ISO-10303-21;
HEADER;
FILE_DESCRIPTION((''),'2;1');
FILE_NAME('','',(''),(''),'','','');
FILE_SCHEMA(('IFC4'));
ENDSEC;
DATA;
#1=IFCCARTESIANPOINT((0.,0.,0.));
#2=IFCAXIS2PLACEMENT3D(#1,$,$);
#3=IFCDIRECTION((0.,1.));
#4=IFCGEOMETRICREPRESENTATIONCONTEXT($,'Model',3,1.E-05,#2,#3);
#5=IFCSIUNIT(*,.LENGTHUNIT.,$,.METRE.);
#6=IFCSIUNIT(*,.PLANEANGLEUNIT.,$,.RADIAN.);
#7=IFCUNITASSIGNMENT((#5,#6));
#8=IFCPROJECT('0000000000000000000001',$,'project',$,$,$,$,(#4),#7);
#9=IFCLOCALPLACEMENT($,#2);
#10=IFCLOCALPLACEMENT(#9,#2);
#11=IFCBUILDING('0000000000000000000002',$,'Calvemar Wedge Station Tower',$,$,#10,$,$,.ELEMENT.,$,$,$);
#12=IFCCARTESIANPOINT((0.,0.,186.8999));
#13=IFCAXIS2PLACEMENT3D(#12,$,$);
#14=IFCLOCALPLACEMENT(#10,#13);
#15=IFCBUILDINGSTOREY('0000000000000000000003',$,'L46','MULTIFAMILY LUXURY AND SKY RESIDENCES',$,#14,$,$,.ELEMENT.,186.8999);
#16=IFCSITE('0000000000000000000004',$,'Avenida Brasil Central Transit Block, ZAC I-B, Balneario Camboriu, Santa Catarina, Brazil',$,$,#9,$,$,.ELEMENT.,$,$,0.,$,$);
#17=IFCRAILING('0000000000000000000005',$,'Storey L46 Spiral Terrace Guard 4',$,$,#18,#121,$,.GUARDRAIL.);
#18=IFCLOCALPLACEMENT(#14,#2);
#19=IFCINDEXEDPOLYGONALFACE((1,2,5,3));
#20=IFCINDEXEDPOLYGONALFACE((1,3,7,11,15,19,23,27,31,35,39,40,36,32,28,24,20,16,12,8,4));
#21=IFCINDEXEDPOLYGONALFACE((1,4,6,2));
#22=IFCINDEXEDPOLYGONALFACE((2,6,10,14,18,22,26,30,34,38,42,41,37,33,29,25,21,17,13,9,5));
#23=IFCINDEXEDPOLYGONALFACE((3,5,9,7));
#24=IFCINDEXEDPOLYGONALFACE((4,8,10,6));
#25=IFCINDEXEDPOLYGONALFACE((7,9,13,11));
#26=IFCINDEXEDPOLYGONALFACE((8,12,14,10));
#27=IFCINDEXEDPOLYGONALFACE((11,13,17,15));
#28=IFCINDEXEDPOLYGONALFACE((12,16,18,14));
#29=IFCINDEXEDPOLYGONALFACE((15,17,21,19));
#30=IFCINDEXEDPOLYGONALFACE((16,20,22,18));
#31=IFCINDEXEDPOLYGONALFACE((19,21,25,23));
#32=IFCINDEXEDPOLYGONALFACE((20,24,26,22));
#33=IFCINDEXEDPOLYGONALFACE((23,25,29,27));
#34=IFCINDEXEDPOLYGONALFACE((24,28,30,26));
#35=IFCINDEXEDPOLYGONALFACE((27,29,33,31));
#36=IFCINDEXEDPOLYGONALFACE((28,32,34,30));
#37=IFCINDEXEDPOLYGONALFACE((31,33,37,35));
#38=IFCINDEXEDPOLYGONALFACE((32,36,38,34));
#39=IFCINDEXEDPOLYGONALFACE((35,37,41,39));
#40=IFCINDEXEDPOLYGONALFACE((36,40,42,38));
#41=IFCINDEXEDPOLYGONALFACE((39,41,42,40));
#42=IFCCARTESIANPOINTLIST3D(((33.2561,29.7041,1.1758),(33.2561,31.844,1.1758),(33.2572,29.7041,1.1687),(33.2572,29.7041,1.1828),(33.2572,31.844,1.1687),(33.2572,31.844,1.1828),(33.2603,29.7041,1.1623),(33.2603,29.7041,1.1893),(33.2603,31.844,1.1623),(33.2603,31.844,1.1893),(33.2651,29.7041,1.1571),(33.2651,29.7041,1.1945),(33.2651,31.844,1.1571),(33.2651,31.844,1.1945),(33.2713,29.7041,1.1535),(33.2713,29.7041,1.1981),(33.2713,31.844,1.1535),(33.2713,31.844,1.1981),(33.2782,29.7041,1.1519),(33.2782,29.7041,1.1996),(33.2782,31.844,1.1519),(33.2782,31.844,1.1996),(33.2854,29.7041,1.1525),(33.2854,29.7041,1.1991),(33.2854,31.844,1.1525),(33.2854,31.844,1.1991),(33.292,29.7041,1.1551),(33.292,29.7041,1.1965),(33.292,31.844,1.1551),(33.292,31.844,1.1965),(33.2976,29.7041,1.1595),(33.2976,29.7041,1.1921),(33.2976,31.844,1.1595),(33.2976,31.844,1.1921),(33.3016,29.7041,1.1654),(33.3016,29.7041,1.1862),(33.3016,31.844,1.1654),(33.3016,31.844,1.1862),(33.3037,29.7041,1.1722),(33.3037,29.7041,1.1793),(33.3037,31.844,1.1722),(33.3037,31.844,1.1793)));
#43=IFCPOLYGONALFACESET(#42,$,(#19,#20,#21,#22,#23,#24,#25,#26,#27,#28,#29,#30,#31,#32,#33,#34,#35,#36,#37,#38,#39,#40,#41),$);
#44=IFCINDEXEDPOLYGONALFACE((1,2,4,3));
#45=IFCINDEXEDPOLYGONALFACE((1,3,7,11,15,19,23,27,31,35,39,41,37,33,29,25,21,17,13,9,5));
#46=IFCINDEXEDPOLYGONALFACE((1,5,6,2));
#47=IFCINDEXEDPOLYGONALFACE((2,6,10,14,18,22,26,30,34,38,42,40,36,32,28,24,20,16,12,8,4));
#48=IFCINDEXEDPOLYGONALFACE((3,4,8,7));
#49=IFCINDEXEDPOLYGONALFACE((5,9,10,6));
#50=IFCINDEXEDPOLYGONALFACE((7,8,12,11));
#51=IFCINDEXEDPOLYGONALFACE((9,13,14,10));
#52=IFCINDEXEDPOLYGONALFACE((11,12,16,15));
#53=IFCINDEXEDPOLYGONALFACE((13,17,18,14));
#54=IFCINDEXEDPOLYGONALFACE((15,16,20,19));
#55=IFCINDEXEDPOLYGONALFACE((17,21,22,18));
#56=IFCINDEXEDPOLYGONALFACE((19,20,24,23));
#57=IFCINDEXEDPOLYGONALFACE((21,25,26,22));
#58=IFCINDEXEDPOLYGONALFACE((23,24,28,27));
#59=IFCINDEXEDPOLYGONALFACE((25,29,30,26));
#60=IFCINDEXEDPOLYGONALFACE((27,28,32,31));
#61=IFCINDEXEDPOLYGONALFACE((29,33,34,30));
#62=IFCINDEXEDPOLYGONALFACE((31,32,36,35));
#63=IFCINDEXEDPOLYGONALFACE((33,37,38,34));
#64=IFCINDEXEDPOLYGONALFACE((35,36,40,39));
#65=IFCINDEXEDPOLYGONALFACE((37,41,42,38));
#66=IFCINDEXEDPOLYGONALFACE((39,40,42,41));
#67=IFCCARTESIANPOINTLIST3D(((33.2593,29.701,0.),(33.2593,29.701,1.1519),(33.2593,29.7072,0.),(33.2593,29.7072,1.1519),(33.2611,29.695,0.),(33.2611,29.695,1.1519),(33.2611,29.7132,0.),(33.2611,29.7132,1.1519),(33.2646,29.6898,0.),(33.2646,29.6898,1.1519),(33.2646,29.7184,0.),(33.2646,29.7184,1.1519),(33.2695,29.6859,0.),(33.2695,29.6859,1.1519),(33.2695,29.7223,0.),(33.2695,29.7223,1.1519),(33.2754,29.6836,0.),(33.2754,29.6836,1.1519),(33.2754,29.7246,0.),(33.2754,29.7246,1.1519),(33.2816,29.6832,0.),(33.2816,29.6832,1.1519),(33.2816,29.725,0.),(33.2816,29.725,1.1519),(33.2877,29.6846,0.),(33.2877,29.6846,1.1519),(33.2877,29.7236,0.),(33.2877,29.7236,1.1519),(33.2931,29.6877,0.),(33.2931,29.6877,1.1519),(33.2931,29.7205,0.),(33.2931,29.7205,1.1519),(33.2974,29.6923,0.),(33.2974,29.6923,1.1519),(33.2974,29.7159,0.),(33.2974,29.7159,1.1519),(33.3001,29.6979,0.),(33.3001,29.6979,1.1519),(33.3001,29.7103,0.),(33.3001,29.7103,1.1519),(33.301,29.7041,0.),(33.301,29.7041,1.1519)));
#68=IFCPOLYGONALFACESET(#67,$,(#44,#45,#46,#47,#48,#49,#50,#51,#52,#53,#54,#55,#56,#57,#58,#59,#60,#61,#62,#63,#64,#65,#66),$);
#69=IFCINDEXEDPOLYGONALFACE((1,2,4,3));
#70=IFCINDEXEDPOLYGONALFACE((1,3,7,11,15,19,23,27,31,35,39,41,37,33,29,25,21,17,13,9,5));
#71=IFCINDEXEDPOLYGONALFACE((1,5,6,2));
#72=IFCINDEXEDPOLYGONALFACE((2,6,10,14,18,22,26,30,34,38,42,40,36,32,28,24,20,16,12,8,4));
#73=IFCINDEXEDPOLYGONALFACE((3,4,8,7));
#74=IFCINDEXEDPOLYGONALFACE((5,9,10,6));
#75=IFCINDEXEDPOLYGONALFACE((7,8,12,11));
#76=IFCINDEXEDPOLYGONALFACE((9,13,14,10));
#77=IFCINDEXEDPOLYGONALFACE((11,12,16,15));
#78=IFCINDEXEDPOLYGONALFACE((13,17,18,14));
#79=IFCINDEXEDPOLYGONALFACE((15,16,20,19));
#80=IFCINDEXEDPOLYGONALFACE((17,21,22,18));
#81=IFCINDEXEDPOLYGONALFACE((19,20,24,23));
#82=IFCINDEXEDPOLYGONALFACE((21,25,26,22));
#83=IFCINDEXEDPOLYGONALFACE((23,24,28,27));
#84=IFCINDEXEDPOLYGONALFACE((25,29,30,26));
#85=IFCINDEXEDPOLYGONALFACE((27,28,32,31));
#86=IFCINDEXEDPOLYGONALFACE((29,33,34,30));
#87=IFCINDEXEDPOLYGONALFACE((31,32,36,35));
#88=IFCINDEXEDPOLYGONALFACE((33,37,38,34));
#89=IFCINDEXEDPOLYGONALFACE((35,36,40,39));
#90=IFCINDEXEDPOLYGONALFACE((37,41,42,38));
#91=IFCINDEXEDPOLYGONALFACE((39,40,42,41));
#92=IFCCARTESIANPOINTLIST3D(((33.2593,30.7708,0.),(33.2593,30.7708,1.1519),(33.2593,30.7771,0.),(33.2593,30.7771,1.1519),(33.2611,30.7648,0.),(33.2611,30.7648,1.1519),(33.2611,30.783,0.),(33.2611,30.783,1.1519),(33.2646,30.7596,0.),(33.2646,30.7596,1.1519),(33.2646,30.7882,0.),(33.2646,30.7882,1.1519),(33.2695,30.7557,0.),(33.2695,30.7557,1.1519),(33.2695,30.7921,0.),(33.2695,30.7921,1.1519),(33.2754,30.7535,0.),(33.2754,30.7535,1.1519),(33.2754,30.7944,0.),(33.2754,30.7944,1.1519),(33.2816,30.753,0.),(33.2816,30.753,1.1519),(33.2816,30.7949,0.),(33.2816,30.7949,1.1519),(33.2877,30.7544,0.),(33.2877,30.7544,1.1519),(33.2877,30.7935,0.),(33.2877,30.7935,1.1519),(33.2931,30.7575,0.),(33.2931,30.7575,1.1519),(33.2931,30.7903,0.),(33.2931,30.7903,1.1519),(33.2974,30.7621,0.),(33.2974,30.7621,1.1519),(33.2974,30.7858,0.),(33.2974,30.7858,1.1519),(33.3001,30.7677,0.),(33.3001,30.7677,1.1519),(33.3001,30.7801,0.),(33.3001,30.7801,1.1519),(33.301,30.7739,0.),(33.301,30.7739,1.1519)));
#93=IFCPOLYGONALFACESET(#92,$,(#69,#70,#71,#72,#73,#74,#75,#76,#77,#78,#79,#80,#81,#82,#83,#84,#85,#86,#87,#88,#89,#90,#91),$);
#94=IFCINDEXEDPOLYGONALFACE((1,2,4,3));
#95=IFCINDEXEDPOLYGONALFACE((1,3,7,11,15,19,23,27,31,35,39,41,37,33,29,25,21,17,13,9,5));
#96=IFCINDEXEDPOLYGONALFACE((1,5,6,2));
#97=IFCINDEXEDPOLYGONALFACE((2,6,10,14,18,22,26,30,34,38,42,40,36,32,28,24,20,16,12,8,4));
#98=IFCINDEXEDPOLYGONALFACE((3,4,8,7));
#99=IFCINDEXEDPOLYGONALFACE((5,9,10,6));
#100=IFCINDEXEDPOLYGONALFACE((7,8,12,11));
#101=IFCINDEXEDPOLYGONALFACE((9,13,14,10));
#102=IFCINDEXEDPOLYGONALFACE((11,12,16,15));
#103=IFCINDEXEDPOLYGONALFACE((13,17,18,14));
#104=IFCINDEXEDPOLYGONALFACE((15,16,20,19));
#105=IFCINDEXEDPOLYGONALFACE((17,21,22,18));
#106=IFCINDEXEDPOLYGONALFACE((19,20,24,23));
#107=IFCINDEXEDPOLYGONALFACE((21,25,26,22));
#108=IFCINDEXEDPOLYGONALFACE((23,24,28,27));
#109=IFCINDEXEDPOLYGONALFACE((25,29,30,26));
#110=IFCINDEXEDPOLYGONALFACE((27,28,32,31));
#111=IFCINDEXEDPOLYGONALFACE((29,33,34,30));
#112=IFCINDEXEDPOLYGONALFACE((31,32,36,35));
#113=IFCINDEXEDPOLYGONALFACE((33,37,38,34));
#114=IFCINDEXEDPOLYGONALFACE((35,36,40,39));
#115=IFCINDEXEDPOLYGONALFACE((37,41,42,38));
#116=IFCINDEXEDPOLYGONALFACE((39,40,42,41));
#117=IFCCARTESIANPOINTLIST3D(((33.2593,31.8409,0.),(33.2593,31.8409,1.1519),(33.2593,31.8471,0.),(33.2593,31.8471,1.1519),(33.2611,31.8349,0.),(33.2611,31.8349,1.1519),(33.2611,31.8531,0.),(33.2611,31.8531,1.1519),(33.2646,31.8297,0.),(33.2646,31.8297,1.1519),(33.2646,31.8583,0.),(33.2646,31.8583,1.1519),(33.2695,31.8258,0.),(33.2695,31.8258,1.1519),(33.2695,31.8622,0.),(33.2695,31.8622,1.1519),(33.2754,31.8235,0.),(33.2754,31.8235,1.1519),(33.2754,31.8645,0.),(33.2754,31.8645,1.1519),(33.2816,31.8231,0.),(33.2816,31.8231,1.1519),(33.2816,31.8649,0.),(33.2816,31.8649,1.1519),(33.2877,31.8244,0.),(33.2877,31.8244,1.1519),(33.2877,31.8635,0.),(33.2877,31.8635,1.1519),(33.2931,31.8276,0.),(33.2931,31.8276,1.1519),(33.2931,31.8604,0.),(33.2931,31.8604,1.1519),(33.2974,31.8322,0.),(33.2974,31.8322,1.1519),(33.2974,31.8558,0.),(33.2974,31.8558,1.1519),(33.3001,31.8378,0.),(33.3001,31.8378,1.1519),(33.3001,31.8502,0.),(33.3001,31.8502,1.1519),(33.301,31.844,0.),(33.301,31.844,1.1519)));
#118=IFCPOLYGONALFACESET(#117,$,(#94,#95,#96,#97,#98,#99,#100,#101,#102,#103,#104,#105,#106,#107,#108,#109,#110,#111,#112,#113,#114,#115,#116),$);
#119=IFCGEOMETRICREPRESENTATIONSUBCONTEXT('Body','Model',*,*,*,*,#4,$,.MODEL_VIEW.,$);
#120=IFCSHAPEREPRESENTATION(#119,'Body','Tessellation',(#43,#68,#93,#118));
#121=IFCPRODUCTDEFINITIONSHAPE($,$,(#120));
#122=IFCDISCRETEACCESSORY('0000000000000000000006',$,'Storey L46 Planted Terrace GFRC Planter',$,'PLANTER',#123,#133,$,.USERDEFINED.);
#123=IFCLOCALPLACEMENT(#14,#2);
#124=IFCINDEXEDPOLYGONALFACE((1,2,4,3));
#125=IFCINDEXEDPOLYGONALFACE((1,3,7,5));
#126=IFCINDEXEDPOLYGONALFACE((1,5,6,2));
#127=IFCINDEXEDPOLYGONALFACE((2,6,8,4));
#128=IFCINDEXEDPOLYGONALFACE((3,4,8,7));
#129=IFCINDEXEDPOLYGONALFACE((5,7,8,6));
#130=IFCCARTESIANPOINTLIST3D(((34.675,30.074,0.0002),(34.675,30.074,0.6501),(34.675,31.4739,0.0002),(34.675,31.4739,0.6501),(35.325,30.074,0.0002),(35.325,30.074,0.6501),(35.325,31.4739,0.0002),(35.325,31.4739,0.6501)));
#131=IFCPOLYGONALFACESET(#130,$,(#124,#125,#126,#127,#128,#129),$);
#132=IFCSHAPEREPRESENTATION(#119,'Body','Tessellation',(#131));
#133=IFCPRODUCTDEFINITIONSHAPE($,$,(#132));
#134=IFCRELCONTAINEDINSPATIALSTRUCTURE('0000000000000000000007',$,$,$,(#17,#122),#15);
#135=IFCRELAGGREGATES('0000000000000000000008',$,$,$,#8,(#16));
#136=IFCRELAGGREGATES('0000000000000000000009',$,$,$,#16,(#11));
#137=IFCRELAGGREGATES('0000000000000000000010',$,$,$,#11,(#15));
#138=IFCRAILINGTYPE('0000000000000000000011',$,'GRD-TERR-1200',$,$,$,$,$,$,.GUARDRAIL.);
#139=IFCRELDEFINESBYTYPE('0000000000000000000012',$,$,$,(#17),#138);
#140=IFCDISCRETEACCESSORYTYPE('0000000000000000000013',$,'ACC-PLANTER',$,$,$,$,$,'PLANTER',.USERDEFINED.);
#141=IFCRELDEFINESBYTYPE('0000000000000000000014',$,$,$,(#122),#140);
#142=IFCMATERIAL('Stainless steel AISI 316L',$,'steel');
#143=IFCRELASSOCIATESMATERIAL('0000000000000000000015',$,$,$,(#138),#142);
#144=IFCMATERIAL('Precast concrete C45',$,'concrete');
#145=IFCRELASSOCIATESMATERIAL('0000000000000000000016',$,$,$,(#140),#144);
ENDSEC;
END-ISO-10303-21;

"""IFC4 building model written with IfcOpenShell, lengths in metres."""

from ifc_helpers import new_model, si_unit, direction, frame, origin, origin_2d, place, context, subcontext, project, spatial, rectangle, circle, extrude, source, transform, mapped, material, type_object, element, save


model = new_model("IFC4")

# Units and contexts
model_context = context("Model", 3, precision=1e-05, world=origin(), true_north=direction((0.0, 1.0)))
body_context = subcontext(model_context, "Body", "Model", "MODEL_VIEW")
ifc_project = project(units=[si_unit("LENGTHUNIT", "METRE"), si_unit("PLANEANGLEUNIT", "RADIAN")], contexts=[model_context])

# Site, building, storey
site_placement = place(None, origin())
site = spatial("IfcSite", under=ifc_project, at=site_placement, Name="Avenida Brasil Central Transit Block, ZAC I-B, Balneario Camboriu, Santa Catarina, Brazil", CompositionType="ELEMENT", RefElevation=0.0)
building_placement = place(site_placement, origin())
building = spatial("IfcBuilding", under=site, at=building_placement, Name="Calvemar Wedge Station Tower", CompositionType="ELEMENT")
storey_placement = place(building_placement, frame((0.0, 0.0, 186.8999)))
storey = spatial("IfcBuildingStorey", under=building, at=storey_placement, Name="L46", Description="MULTIFAMILY LUXURY AND SKY RESIDENCES", CompositionType="ELEMENT", Elevation=186.8999)

# Shared definitions
ifc_material_1 = material(Name="Precast concrete C45", Category="concrete")

# Railing
ifc_material_2 = material(Name="Stainless steel AISI 316L", Category="steel")
railing_type = type_object("IfcRailingType", Name="GRD-TERR-1200", PredefinedType="GUARDRAIL", material=ifc_material_2)
railing_placement = place(storey_placement, frame((33.28, 29.7041, 0.0)))
element("IfcRailing", 1, at=railing_placement, inside=storey, type_object=railing_type, Name="Storey L46 Spiral Terrace Guard 4", PredefinedType="GUARDRAIL", context=body_context, shape_type="SweptSolid", body=[
    extrude(circle(Radius=0.0239, at=origin_2d()), frame((0.0, 0.0, 1.1758), z_axis=(0.0, 1.0, 0.0), x_axis=(-1.0, 0.0, 0.0)), (0.0, 0.0, 1.0), 2.1399),
    extrude(circle(Radius=0.021, at=origin_2d()), origin(), (0.0, 0.0, 1.0), 1.1519),
    extrude(circle(Radius=0.021, at=origin_2d()), frame((0.0, 1.0698, 0.0)), (0.0, 0.0, 1.0), 1.1519),
    extrude(circle(Radius=0.021, at=origin_2d()), frame((0.0, 2.1399, 0.0)), (0.0, 0.0, 1.0), 1.1519),
])

# Discrete accessory
discrete_accessory_type = type_object("IfcDiscreteAccessoryType", Name="ACC-PLANTER", ElementType="PLANTER", PredefinedType="USERDEFINED", material=ifc_material_1)
shared_shape_1 = source(origin(), body_context, "Body", "SweptSolid", [
    extrude(rectangle(XDim=0.6499, YDim=1.3999, at=origin_2d()), origin(), (0.0, 0.0, 1.0), 0.6499),
])
discrete_accessory_placement = place(storey_placement, frame((35.0, 30.7739, 0.0002), z_axis=(0.0, 0.0, 1.0), x_axis=(1.0, 0.0, 0.0)))
element("IfcDiscreteAccessory", 2, at=discrete_accessory_placement, inside=storey, type_object=discrete_accessory_type, Name="Storey L46 Planted Terrace GFRC Planter", ObjectType="PLANTER", PredefinedType="USERDEFINED", context=body_context, shape_type="MappedRepresentation", body=[
    mapped(shared_shape_1, transform((0.0, 0.0, 0.0), scale=1.0)),
])

save(model, "model.ifc")
